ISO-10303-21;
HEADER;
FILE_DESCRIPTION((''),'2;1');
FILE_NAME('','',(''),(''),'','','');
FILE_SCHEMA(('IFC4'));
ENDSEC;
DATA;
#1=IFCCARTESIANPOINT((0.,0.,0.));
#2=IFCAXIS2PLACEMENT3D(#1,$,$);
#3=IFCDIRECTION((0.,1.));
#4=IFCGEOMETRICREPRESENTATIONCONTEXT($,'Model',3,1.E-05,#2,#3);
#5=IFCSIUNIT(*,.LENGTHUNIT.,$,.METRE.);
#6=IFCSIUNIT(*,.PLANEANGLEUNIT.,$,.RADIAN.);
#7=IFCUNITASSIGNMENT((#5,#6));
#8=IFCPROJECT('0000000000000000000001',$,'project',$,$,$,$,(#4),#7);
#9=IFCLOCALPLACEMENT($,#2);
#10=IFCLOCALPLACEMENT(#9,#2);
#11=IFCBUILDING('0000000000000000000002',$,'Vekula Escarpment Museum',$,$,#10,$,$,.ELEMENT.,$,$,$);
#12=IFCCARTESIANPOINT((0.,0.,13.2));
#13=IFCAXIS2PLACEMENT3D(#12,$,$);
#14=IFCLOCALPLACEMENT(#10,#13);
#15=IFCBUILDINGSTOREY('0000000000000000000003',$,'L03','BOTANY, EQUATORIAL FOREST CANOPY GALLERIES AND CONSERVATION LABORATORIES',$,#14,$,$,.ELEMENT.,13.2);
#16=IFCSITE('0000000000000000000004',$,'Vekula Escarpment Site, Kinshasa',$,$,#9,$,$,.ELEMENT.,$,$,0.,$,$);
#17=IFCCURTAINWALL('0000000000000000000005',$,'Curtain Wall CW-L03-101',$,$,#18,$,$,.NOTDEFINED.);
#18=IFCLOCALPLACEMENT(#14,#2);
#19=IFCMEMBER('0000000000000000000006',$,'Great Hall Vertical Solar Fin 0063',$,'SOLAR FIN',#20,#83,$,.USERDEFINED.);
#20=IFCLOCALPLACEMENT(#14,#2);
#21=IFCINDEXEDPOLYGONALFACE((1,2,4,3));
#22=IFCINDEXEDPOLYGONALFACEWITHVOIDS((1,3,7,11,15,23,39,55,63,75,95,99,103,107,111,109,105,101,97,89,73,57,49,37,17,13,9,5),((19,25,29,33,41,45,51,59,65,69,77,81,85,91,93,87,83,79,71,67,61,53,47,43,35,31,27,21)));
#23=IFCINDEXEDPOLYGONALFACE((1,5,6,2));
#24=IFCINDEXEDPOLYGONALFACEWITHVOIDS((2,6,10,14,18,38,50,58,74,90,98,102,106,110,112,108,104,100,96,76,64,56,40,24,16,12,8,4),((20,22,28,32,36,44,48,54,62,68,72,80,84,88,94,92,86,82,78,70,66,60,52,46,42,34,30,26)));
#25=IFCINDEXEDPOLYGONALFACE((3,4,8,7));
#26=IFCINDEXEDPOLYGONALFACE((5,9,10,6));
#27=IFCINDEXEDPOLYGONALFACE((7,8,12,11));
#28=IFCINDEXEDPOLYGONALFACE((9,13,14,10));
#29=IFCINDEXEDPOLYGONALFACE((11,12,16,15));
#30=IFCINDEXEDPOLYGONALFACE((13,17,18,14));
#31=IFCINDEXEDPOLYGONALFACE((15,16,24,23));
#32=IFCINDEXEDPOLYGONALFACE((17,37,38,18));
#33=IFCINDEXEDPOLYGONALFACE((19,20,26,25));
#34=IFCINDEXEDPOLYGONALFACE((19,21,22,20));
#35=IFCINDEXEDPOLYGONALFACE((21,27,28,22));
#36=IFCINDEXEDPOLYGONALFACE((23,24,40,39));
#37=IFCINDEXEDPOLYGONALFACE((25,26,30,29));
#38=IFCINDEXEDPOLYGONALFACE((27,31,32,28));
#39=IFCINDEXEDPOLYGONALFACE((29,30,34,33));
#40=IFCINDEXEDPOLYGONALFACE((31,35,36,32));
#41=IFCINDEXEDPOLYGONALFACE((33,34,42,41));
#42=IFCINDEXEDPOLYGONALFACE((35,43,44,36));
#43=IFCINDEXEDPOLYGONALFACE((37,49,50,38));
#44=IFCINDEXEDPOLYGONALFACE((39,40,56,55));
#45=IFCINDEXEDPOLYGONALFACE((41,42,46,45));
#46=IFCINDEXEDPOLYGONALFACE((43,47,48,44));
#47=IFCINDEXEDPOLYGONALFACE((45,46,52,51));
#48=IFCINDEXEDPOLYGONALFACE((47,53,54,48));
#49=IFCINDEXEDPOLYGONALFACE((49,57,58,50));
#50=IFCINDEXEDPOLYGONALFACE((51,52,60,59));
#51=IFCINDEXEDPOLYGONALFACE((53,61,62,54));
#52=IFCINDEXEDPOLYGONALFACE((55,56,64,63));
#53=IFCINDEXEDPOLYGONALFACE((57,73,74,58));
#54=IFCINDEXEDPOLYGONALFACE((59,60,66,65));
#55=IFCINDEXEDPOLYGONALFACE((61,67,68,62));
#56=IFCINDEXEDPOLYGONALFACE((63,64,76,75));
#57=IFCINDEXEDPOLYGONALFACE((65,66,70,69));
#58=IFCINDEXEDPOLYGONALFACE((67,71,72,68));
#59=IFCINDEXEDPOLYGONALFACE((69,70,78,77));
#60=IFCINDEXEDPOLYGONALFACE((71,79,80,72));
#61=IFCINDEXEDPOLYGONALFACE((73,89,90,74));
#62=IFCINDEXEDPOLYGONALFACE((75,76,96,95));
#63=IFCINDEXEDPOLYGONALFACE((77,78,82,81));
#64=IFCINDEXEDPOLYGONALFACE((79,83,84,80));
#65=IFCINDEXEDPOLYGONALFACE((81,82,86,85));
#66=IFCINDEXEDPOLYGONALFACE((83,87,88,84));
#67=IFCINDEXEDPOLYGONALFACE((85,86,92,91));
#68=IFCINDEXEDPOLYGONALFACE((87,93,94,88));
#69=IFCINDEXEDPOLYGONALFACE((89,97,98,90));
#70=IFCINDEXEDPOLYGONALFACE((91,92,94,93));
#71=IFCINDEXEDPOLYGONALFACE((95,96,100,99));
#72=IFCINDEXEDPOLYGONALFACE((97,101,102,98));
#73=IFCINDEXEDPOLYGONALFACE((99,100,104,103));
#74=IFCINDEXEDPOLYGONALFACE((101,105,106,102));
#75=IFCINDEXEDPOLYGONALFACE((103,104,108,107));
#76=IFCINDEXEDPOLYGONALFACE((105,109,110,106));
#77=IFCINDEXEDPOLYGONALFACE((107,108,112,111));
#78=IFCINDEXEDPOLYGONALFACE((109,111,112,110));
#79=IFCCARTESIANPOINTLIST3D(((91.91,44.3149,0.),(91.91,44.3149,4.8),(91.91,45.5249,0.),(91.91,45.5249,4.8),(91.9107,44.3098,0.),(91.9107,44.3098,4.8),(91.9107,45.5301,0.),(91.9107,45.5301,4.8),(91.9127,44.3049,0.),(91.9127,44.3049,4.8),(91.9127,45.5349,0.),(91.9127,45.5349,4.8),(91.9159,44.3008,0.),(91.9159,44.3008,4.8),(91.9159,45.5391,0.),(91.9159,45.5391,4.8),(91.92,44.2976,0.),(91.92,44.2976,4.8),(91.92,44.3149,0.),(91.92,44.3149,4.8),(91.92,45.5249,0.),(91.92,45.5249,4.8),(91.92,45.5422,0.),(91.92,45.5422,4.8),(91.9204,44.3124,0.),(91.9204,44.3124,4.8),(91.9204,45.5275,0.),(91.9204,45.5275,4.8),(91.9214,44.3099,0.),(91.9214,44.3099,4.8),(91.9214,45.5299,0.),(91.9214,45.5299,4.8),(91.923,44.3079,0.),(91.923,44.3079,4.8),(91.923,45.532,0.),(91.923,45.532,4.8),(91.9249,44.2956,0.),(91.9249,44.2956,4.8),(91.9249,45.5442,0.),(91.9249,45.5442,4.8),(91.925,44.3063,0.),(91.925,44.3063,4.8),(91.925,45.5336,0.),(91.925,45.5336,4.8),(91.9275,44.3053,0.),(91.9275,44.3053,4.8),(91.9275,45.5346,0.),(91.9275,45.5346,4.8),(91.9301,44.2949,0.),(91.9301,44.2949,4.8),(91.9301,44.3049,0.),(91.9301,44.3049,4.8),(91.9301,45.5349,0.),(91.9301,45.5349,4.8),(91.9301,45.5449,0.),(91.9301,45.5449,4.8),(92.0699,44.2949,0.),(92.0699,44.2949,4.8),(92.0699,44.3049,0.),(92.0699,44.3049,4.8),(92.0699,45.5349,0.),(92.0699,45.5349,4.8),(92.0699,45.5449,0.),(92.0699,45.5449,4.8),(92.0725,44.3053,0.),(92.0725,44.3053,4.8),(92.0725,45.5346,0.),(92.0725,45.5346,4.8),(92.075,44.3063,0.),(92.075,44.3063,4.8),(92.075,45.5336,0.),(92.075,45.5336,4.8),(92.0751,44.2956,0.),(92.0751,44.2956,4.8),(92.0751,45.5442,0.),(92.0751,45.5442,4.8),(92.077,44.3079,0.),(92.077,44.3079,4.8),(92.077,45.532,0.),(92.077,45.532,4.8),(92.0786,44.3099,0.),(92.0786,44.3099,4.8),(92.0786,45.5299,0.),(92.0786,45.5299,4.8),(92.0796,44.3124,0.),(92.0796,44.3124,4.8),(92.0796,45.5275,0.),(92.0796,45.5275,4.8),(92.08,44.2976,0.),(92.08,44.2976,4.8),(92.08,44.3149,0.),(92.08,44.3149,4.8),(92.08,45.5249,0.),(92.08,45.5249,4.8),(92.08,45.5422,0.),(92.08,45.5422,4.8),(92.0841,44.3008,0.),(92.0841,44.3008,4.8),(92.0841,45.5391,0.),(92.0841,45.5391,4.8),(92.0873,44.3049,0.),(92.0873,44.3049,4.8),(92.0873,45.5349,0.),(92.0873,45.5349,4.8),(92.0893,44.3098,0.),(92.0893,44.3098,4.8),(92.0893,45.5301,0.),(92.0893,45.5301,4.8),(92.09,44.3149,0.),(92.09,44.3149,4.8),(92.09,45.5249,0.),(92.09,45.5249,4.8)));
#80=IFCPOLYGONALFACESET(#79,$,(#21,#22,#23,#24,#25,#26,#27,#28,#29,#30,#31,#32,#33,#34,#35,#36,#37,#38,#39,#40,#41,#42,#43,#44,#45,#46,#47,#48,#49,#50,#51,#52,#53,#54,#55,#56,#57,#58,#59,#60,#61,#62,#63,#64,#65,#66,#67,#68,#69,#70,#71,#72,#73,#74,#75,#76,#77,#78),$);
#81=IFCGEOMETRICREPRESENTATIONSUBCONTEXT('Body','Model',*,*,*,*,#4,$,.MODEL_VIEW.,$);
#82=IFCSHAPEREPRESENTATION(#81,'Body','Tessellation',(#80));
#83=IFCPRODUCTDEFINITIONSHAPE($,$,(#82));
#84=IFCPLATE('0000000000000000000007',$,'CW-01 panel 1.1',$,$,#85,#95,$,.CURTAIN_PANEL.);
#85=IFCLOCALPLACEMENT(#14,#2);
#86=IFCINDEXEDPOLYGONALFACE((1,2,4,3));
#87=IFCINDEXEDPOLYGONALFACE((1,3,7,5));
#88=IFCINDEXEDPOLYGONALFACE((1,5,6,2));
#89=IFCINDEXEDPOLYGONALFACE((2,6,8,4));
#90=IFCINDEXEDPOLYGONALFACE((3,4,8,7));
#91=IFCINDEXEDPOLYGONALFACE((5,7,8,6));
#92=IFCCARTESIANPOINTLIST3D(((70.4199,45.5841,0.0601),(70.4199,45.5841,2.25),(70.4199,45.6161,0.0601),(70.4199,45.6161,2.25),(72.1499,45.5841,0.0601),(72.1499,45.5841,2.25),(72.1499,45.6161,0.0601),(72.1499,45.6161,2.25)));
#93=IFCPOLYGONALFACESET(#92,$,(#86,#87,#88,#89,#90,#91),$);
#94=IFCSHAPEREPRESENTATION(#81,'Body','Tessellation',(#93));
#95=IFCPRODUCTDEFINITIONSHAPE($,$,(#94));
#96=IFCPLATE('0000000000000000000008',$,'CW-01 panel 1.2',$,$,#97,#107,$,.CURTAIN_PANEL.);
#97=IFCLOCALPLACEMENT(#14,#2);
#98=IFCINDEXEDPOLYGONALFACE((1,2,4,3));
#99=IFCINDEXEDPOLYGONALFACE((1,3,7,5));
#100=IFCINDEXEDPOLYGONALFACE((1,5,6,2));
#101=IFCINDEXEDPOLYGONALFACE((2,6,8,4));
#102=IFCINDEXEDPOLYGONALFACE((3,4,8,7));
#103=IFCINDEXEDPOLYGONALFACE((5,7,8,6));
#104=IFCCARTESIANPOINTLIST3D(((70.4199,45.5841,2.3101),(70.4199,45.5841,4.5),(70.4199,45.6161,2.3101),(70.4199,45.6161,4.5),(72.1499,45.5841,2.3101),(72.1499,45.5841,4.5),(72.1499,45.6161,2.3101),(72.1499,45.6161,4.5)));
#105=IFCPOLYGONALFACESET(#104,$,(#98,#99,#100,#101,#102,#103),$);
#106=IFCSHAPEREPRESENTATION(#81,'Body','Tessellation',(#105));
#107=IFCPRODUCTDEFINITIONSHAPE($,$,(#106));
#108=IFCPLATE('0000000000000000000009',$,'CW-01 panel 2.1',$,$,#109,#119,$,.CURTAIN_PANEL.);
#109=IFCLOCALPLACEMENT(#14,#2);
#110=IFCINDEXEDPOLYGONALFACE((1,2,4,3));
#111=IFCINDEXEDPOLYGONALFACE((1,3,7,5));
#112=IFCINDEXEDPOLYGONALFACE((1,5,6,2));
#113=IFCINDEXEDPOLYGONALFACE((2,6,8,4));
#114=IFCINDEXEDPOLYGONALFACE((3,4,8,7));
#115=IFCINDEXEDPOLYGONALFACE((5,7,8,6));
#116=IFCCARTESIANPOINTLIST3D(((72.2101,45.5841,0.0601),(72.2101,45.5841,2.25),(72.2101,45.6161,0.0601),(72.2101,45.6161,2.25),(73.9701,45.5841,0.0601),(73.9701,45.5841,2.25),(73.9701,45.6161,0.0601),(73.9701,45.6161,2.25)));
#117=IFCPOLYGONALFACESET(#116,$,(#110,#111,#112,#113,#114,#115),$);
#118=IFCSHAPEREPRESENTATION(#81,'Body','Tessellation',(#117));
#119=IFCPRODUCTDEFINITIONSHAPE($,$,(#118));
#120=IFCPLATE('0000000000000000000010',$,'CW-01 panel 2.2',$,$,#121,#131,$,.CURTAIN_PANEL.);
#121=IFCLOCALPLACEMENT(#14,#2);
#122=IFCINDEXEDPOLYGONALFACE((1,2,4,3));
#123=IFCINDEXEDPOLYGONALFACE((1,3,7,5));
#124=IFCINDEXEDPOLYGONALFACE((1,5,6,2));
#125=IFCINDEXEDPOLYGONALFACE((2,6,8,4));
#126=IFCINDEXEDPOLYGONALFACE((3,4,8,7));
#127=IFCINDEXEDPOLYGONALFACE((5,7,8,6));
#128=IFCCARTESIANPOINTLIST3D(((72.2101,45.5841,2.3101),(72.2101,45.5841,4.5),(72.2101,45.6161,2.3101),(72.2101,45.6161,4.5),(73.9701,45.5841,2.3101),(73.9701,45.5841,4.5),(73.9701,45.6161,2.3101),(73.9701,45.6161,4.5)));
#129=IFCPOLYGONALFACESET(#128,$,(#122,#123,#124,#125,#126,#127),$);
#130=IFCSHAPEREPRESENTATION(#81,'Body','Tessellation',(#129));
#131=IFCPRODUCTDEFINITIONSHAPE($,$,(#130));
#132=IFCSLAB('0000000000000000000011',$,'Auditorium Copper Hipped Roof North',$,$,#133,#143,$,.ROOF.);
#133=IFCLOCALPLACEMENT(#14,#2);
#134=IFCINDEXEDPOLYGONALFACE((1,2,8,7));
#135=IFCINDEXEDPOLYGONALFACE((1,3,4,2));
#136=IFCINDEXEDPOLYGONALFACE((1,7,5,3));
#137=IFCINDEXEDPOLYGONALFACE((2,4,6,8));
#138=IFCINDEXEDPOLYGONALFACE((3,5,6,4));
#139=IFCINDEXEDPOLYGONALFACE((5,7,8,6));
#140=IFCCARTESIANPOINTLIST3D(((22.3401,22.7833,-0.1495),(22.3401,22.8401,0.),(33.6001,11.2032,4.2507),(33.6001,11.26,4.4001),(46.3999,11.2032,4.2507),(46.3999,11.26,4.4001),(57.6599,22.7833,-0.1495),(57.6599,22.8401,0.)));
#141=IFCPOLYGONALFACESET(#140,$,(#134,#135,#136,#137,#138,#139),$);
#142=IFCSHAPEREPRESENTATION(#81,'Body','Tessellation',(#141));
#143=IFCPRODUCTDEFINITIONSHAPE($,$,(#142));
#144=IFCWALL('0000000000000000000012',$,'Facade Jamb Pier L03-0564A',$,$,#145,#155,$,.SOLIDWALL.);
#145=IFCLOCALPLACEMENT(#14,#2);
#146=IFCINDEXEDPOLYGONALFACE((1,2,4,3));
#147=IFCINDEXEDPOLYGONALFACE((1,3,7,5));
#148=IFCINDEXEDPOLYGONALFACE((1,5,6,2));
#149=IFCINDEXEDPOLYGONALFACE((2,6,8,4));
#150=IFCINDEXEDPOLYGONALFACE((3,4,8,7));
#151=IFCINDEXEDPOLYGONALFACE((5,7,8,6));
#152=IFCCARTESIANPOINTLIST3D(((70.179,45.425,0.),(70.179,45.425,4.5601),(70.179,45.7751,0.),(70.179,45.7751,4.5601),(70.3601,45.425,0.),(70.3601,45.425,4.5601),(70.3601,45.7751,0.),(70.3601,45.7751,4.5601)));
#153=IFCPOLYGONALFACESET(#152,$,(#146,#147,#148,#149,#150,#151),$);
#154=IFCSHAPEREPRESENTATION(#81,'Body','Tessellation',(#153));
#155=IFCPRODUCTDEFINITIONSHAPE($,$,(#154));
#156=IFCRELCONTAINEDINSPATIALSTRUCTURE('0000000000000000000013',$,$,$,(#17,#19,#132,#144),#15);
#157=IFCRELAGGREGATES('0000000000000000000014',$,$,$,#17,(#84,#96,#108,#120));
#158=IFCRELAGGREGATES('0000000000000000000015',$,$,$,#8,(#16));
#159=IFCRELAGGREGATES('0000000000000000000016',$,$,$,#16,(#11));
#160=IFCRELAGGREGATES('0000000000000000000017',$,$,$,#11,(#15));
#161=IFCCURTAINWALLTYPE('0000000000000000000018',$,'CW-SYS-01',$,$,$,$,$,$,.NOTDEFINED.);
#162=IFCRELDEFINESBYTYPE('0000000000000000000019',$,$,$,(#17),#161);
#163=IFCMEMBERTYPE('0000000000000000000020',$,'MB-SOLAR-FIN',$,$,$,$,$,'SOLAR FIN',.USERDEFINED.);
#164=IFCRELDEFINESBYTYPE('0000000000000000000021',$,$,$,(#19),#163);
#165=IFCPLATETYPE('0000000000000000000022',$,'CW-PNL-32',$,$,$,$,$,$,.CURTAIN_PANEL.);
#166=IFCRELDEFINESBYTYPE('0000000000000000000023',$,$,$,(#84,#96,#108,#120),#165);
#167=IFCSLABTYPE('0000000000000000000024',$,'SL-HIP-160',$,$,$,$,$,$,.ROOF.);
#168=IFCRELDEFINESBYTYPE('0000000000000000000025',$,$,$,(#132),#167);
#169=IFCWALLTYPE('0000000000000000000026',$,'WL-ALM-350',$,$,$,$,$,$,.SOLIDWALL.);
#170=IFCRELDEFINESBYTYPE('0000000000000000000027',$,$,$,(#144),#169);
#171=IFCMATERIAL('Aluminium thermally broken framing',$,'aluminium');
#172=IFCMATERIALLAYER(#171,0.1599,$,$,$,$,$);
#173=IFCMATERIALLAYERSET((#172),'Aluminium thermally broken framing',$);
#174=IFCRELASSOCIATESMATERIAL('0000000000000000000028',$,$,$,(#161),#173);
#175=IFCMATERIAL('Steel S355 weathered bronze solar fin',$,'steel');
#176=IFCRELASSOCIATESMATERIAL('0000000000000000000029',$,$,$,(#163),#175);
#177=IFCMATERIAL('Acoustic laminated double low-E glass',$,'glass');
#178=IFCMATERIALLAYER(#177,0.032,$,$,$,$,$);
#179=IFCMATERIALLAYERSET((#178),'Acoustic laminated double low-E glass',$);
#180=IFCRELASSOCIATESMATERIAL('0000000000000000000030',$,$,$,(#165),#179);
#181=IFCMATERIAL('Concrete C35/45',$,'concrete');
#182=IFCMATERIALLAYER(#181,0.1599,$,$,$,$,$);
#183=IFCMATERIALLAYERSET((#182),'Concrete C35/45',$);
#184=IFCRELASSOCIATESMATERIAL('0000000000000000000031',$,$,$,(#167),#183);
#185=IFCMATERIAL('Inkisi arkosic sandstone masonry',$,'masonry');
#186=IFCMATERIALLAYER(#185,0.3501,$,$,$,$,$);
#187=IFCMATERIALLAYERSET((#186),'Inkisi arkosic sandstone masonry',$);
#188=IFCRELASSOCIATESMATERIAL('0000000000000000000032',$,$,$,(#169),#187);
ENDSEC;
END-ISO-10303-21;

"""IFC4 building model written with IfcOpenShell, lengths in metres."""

from ifc_helpers import new_model, si_unit, direction, frame, frame_2d, origin, origin_2d, place, context, subcontext, project, spatial, polyline, rectangle, hollow_rectangle, outline, extrude, material, layer, layer_set, material_profile, profile_set, type_object, element, aggregate, save


model = new_model("IFC4")

# Units and contexts
model_context = context("Model", 3, precision=1e-05, world=origin(), true_north=direction((0.0, 1.0)))
body_context = subcontext(model_context, "Body", "Model", "MODEL_VIEW")
ifc_project = project(units=[si_unit("LENGTHUNIT", "METRE"), si_unit("PLANEANGLEUNIT", "RADIAN")], contexts=[model_context])

# Site, building, storey
site_placement = place(None, origin())
site = spatial("IfcSite", under=ifc_project, at=site_placement, Name="Vekula Escarpment Site, Kinshasa", CompositionType="ELEMENT", RefElevation=0.0)
building_placement = place(site_placement, origin())
building = spatial("IfcBuilding", under=site, at=building_placement, Name="Vekula Escarpment Museum", CompositionType="ELEMENT")
storey_placement = place(building_placement, frame((0.0, 0.0, 13.2)))
storey = spatial("IfcBuildingStorey", under=building, at=storey_placement, Name="L03", Description="BOTANY, EQUATORIAL FOREST CANOPY GALLERIES AND CONSERVATION LABORATORIES", CompositionType="ELEMENT", Elevation=13.2)

# Curtain wall
ifc_material_1 = material(Name="Aluminium thermally broken framing", Category="aluminium")
ifc_layer_1 = layer(ifc_material_1, 0.1599)
ifc_layer_set_1 = layer_set([ifc_layer_1], Name="Aluminium thermally broken framing")
curtain_wall_type = type_object("IfcCurtainWallType", Name="CW-SYS-01", PredefinedType="NOTDEFINED", material=ifc_layer_set_1)
curtain_wall_placement = place(storey_placement, origin())
curtain_wall = element("IfcCurtainWall", 1, at=curtain_wall_placement, inside=storey, type_object=curtain_wall_type, Name="Curtain Wall CW-L03-101", PredefinedType="NOTDEFINED")

# Member
ifc_material_2 = material(Name="Steel S355 weathered bronze solar fin", Category="steel")
ifc_material_profile_1 = material_profile(ifc_material_2, hollow_rectangle(XDim=0.1799, YDim=1.25, WallThickness=0.01, InnerFilletRadius=0.01, OuterFilletRadius=0.02, at=origin_2d()), Name="RHS 1250x180x10")
ifc_profile_set_1 = profile_set([ifc_material_profile_1], Name="Steel S355 weathered bronze solar fin")
member_type_1 = type_object("IfcMemberType", Name="MB-SOLAR-FIN", ElementType="SOLAR FIN", PredefinedType="USERDEFINED", material=ifc_profile_set_1)
for number, where, z_axis, x_axis, name in (
    (2, (92.0, 44.9199, 0.0), (0.0, 0.0, 1.0), (1.0, 0.0, 0.0), "Great Hall Vertical Solar Fin 0063"),
):
    element("IfcMember", number, at=place(storey_placement, frame(where, z_axis=z_axis, x_axis=x_axis)), inside=storey, type_object=member_type_1, Name=name, ObjectType="SOLAR FIN", PredefinedType="USERDEFINED", context=body_context, shape_type="SweptSolid", body=[
        extrude(hollow_rectangle(XDim=0.1799, YDim=1.25, WallThickness=0.01, InnerFilletRadius=0.01, OuterFilletRadius=0.02, at=origin_2d()), origin(), (0.0, 0.0, 1.0), 4.8),
    ])

# Plates
ifc_material_3 = material(Name="Acoustic laminated double low-E glass", Category="glass")
ifc_layer_2 = layer(ifc_material_3, 0.032)
ifc_layer_set_2 = layer_set([ifc_layer_2], Name="Acoustic laminated double low-E glass")
plate_type = type_object("IfcPlateType", Name="CW-PNL-32", PredefinedType="CURTAIN_PANEL", material=ifc_layer_set_2)
plate_1_placement = place(storey_placement, frame((71.2849, 45.6001, 0.0601), z_axis=(0.0, 0.0, 1.0), x_axis=(1.0, 0.0, 0.0)))
plate_1 = element("IfcPlate", 3, at=plate_1_placement, type_object=plate_type, Name="CW-01 panel 1.1", PredefinedType="CURTAIN_PANEL", context=body_context, shape_type="SweptSolid", body=[
    extrude(rectangle(XDim=1.73, YDim=0.032, at=origin_2d()), origin(), (0.0, 0.0, 1.0), 2.1899),
])
plate_2_placement = place(storey_placement, frame((71.2849, 45.6001, 2.3101), z_axis=(0.0, 0.0, 1.0), x_axis=(1.0, 0.0, 0.0)))
plate_2 = element("IfcPlate", 4, at=plate_2_placement, type_object=plate_type, Name="CW-01 panel 1.2", PredefinedType="CURTAIN_PANEL", context=body_context, shape_type="SweptSolid", body=[
    extrude(rectangle(XDim=1.73, YDim=0.032, at=origin_2d()), origin(), (0.0, 0.0, 1.0), 2.1899),
])
plate_3_placement = place(storey_placement, frame((73.0901, 45.6001, 0.0601), z_axis=(0.0, 0.0, 1.0), x_axis=(1.0, 0.0, 0.0)))
plate_3 = element("IfcPlate", 5, at=plate_3_placement, type_object=plate_type, Name="CW-01 panel 2.1", PredefinedType="CURTAIN_PANEL", context=body_context, shape_type="SweptSolid", body=[
    extrude(rectangle(XDim=1.76, YDim=0.032, at=origin_2d()), origin(), (0.0, 0.0, 1.0), 2.1899),
])
plate_4_placement = place(storey_placement, frame((73.0901, 45.6001, 2.3101), z_axis=(0.0, 0.0, 1.0), x_axis=(1.0, 0.0, 0.0)))
plate_4 = element("IfcPlate", 6, at=plate_4_placement, type_object=plate_type, Name="CW-01 panel 2.2", PredefinedType="CURTAIN_PANEL", context=body_context, shape_type="SweptSolid", body=[
    extrude(rectangle(XDim=1.76, YDim=0.032, at=origin_2d()), origin(), (0.0, 0.0, 1.0), 2.1899),
])
aggregate(curtain_wall, [plate_1, plate_2, plate_3, plate_4])

# Slab
ifc_material_4 = material(Name="Concrete C35/45", Category="concrete")
ifc_layer_3 = layer(ifc_material_4, 0.1599)
ifc_layer_set_3 = layer_set([ifc_layer_3], Name="Concrete C35/45")
slab_type = type_object("IfcSlabType", Name="SL-HIP-160", PredefinedType="ROOF", material=ifc_layer_set_3)
slab_placement = place(storey_placement, frame((57.6599, 22.8401, 0.0), z_axis=(0.0, 0.355198, 0.934791), x_axis=(-1.0, 0.0, 0.0)))
element("IfcSlab", 7, at=slab_placement, inside=storey, type_object=slab_type, Name="Auditorium Copper Hipped Roof North", PredefinedType="ROOF", context=body_context, shape_type="SweptSolid", body=[
    extrude(outline(polyline([(0.0, 0.0), (35.3198, 0.0), (24.0598, 12.3879), (11.26, 12.3879), (0.0, 0.0)])), origin(), (0.0, 0.0, -1.0), 0.1599),
])

# Wall
ifc_material_5 = material(Name="Inkisi arkosic sandstone masonry", Category="masonry")
ifc_layer_4 = layer(ifc_material_5, 0.3501)
ifc_layer_set_4 = layer_set([ifc_layer_4], Name="Inkisi arkosic sandstone masonry")
wall_type = type_object("IfcWallType", Name="WL-ALM-350", PredefinedType="SOLIDWALL", material=ifc_layer_set_4)
wall_placement = place(storey_placement, frame((70.179, 45.6001, 0.0), z_axis=(0.0, 0.0, 1.0), x_axis=(1.0, 0.0, 0.0)))
element("IfcWall", 8, at=wall_placement, inside=storey, type_object=wall_type, Name="Facade Jamb Pier L03-0564A", PredefinedType="SOLIDWALL", context=body_context, shape_type="SweptSolid", body=[
    extrude(rectangle(XDim=0.1812, YDim=0.3501, at=frame_2d((0.0906, 0.0))), origin(), (0.0, 0.0, 1.0), 4.5601),
])

save(model, "model.ifc")
